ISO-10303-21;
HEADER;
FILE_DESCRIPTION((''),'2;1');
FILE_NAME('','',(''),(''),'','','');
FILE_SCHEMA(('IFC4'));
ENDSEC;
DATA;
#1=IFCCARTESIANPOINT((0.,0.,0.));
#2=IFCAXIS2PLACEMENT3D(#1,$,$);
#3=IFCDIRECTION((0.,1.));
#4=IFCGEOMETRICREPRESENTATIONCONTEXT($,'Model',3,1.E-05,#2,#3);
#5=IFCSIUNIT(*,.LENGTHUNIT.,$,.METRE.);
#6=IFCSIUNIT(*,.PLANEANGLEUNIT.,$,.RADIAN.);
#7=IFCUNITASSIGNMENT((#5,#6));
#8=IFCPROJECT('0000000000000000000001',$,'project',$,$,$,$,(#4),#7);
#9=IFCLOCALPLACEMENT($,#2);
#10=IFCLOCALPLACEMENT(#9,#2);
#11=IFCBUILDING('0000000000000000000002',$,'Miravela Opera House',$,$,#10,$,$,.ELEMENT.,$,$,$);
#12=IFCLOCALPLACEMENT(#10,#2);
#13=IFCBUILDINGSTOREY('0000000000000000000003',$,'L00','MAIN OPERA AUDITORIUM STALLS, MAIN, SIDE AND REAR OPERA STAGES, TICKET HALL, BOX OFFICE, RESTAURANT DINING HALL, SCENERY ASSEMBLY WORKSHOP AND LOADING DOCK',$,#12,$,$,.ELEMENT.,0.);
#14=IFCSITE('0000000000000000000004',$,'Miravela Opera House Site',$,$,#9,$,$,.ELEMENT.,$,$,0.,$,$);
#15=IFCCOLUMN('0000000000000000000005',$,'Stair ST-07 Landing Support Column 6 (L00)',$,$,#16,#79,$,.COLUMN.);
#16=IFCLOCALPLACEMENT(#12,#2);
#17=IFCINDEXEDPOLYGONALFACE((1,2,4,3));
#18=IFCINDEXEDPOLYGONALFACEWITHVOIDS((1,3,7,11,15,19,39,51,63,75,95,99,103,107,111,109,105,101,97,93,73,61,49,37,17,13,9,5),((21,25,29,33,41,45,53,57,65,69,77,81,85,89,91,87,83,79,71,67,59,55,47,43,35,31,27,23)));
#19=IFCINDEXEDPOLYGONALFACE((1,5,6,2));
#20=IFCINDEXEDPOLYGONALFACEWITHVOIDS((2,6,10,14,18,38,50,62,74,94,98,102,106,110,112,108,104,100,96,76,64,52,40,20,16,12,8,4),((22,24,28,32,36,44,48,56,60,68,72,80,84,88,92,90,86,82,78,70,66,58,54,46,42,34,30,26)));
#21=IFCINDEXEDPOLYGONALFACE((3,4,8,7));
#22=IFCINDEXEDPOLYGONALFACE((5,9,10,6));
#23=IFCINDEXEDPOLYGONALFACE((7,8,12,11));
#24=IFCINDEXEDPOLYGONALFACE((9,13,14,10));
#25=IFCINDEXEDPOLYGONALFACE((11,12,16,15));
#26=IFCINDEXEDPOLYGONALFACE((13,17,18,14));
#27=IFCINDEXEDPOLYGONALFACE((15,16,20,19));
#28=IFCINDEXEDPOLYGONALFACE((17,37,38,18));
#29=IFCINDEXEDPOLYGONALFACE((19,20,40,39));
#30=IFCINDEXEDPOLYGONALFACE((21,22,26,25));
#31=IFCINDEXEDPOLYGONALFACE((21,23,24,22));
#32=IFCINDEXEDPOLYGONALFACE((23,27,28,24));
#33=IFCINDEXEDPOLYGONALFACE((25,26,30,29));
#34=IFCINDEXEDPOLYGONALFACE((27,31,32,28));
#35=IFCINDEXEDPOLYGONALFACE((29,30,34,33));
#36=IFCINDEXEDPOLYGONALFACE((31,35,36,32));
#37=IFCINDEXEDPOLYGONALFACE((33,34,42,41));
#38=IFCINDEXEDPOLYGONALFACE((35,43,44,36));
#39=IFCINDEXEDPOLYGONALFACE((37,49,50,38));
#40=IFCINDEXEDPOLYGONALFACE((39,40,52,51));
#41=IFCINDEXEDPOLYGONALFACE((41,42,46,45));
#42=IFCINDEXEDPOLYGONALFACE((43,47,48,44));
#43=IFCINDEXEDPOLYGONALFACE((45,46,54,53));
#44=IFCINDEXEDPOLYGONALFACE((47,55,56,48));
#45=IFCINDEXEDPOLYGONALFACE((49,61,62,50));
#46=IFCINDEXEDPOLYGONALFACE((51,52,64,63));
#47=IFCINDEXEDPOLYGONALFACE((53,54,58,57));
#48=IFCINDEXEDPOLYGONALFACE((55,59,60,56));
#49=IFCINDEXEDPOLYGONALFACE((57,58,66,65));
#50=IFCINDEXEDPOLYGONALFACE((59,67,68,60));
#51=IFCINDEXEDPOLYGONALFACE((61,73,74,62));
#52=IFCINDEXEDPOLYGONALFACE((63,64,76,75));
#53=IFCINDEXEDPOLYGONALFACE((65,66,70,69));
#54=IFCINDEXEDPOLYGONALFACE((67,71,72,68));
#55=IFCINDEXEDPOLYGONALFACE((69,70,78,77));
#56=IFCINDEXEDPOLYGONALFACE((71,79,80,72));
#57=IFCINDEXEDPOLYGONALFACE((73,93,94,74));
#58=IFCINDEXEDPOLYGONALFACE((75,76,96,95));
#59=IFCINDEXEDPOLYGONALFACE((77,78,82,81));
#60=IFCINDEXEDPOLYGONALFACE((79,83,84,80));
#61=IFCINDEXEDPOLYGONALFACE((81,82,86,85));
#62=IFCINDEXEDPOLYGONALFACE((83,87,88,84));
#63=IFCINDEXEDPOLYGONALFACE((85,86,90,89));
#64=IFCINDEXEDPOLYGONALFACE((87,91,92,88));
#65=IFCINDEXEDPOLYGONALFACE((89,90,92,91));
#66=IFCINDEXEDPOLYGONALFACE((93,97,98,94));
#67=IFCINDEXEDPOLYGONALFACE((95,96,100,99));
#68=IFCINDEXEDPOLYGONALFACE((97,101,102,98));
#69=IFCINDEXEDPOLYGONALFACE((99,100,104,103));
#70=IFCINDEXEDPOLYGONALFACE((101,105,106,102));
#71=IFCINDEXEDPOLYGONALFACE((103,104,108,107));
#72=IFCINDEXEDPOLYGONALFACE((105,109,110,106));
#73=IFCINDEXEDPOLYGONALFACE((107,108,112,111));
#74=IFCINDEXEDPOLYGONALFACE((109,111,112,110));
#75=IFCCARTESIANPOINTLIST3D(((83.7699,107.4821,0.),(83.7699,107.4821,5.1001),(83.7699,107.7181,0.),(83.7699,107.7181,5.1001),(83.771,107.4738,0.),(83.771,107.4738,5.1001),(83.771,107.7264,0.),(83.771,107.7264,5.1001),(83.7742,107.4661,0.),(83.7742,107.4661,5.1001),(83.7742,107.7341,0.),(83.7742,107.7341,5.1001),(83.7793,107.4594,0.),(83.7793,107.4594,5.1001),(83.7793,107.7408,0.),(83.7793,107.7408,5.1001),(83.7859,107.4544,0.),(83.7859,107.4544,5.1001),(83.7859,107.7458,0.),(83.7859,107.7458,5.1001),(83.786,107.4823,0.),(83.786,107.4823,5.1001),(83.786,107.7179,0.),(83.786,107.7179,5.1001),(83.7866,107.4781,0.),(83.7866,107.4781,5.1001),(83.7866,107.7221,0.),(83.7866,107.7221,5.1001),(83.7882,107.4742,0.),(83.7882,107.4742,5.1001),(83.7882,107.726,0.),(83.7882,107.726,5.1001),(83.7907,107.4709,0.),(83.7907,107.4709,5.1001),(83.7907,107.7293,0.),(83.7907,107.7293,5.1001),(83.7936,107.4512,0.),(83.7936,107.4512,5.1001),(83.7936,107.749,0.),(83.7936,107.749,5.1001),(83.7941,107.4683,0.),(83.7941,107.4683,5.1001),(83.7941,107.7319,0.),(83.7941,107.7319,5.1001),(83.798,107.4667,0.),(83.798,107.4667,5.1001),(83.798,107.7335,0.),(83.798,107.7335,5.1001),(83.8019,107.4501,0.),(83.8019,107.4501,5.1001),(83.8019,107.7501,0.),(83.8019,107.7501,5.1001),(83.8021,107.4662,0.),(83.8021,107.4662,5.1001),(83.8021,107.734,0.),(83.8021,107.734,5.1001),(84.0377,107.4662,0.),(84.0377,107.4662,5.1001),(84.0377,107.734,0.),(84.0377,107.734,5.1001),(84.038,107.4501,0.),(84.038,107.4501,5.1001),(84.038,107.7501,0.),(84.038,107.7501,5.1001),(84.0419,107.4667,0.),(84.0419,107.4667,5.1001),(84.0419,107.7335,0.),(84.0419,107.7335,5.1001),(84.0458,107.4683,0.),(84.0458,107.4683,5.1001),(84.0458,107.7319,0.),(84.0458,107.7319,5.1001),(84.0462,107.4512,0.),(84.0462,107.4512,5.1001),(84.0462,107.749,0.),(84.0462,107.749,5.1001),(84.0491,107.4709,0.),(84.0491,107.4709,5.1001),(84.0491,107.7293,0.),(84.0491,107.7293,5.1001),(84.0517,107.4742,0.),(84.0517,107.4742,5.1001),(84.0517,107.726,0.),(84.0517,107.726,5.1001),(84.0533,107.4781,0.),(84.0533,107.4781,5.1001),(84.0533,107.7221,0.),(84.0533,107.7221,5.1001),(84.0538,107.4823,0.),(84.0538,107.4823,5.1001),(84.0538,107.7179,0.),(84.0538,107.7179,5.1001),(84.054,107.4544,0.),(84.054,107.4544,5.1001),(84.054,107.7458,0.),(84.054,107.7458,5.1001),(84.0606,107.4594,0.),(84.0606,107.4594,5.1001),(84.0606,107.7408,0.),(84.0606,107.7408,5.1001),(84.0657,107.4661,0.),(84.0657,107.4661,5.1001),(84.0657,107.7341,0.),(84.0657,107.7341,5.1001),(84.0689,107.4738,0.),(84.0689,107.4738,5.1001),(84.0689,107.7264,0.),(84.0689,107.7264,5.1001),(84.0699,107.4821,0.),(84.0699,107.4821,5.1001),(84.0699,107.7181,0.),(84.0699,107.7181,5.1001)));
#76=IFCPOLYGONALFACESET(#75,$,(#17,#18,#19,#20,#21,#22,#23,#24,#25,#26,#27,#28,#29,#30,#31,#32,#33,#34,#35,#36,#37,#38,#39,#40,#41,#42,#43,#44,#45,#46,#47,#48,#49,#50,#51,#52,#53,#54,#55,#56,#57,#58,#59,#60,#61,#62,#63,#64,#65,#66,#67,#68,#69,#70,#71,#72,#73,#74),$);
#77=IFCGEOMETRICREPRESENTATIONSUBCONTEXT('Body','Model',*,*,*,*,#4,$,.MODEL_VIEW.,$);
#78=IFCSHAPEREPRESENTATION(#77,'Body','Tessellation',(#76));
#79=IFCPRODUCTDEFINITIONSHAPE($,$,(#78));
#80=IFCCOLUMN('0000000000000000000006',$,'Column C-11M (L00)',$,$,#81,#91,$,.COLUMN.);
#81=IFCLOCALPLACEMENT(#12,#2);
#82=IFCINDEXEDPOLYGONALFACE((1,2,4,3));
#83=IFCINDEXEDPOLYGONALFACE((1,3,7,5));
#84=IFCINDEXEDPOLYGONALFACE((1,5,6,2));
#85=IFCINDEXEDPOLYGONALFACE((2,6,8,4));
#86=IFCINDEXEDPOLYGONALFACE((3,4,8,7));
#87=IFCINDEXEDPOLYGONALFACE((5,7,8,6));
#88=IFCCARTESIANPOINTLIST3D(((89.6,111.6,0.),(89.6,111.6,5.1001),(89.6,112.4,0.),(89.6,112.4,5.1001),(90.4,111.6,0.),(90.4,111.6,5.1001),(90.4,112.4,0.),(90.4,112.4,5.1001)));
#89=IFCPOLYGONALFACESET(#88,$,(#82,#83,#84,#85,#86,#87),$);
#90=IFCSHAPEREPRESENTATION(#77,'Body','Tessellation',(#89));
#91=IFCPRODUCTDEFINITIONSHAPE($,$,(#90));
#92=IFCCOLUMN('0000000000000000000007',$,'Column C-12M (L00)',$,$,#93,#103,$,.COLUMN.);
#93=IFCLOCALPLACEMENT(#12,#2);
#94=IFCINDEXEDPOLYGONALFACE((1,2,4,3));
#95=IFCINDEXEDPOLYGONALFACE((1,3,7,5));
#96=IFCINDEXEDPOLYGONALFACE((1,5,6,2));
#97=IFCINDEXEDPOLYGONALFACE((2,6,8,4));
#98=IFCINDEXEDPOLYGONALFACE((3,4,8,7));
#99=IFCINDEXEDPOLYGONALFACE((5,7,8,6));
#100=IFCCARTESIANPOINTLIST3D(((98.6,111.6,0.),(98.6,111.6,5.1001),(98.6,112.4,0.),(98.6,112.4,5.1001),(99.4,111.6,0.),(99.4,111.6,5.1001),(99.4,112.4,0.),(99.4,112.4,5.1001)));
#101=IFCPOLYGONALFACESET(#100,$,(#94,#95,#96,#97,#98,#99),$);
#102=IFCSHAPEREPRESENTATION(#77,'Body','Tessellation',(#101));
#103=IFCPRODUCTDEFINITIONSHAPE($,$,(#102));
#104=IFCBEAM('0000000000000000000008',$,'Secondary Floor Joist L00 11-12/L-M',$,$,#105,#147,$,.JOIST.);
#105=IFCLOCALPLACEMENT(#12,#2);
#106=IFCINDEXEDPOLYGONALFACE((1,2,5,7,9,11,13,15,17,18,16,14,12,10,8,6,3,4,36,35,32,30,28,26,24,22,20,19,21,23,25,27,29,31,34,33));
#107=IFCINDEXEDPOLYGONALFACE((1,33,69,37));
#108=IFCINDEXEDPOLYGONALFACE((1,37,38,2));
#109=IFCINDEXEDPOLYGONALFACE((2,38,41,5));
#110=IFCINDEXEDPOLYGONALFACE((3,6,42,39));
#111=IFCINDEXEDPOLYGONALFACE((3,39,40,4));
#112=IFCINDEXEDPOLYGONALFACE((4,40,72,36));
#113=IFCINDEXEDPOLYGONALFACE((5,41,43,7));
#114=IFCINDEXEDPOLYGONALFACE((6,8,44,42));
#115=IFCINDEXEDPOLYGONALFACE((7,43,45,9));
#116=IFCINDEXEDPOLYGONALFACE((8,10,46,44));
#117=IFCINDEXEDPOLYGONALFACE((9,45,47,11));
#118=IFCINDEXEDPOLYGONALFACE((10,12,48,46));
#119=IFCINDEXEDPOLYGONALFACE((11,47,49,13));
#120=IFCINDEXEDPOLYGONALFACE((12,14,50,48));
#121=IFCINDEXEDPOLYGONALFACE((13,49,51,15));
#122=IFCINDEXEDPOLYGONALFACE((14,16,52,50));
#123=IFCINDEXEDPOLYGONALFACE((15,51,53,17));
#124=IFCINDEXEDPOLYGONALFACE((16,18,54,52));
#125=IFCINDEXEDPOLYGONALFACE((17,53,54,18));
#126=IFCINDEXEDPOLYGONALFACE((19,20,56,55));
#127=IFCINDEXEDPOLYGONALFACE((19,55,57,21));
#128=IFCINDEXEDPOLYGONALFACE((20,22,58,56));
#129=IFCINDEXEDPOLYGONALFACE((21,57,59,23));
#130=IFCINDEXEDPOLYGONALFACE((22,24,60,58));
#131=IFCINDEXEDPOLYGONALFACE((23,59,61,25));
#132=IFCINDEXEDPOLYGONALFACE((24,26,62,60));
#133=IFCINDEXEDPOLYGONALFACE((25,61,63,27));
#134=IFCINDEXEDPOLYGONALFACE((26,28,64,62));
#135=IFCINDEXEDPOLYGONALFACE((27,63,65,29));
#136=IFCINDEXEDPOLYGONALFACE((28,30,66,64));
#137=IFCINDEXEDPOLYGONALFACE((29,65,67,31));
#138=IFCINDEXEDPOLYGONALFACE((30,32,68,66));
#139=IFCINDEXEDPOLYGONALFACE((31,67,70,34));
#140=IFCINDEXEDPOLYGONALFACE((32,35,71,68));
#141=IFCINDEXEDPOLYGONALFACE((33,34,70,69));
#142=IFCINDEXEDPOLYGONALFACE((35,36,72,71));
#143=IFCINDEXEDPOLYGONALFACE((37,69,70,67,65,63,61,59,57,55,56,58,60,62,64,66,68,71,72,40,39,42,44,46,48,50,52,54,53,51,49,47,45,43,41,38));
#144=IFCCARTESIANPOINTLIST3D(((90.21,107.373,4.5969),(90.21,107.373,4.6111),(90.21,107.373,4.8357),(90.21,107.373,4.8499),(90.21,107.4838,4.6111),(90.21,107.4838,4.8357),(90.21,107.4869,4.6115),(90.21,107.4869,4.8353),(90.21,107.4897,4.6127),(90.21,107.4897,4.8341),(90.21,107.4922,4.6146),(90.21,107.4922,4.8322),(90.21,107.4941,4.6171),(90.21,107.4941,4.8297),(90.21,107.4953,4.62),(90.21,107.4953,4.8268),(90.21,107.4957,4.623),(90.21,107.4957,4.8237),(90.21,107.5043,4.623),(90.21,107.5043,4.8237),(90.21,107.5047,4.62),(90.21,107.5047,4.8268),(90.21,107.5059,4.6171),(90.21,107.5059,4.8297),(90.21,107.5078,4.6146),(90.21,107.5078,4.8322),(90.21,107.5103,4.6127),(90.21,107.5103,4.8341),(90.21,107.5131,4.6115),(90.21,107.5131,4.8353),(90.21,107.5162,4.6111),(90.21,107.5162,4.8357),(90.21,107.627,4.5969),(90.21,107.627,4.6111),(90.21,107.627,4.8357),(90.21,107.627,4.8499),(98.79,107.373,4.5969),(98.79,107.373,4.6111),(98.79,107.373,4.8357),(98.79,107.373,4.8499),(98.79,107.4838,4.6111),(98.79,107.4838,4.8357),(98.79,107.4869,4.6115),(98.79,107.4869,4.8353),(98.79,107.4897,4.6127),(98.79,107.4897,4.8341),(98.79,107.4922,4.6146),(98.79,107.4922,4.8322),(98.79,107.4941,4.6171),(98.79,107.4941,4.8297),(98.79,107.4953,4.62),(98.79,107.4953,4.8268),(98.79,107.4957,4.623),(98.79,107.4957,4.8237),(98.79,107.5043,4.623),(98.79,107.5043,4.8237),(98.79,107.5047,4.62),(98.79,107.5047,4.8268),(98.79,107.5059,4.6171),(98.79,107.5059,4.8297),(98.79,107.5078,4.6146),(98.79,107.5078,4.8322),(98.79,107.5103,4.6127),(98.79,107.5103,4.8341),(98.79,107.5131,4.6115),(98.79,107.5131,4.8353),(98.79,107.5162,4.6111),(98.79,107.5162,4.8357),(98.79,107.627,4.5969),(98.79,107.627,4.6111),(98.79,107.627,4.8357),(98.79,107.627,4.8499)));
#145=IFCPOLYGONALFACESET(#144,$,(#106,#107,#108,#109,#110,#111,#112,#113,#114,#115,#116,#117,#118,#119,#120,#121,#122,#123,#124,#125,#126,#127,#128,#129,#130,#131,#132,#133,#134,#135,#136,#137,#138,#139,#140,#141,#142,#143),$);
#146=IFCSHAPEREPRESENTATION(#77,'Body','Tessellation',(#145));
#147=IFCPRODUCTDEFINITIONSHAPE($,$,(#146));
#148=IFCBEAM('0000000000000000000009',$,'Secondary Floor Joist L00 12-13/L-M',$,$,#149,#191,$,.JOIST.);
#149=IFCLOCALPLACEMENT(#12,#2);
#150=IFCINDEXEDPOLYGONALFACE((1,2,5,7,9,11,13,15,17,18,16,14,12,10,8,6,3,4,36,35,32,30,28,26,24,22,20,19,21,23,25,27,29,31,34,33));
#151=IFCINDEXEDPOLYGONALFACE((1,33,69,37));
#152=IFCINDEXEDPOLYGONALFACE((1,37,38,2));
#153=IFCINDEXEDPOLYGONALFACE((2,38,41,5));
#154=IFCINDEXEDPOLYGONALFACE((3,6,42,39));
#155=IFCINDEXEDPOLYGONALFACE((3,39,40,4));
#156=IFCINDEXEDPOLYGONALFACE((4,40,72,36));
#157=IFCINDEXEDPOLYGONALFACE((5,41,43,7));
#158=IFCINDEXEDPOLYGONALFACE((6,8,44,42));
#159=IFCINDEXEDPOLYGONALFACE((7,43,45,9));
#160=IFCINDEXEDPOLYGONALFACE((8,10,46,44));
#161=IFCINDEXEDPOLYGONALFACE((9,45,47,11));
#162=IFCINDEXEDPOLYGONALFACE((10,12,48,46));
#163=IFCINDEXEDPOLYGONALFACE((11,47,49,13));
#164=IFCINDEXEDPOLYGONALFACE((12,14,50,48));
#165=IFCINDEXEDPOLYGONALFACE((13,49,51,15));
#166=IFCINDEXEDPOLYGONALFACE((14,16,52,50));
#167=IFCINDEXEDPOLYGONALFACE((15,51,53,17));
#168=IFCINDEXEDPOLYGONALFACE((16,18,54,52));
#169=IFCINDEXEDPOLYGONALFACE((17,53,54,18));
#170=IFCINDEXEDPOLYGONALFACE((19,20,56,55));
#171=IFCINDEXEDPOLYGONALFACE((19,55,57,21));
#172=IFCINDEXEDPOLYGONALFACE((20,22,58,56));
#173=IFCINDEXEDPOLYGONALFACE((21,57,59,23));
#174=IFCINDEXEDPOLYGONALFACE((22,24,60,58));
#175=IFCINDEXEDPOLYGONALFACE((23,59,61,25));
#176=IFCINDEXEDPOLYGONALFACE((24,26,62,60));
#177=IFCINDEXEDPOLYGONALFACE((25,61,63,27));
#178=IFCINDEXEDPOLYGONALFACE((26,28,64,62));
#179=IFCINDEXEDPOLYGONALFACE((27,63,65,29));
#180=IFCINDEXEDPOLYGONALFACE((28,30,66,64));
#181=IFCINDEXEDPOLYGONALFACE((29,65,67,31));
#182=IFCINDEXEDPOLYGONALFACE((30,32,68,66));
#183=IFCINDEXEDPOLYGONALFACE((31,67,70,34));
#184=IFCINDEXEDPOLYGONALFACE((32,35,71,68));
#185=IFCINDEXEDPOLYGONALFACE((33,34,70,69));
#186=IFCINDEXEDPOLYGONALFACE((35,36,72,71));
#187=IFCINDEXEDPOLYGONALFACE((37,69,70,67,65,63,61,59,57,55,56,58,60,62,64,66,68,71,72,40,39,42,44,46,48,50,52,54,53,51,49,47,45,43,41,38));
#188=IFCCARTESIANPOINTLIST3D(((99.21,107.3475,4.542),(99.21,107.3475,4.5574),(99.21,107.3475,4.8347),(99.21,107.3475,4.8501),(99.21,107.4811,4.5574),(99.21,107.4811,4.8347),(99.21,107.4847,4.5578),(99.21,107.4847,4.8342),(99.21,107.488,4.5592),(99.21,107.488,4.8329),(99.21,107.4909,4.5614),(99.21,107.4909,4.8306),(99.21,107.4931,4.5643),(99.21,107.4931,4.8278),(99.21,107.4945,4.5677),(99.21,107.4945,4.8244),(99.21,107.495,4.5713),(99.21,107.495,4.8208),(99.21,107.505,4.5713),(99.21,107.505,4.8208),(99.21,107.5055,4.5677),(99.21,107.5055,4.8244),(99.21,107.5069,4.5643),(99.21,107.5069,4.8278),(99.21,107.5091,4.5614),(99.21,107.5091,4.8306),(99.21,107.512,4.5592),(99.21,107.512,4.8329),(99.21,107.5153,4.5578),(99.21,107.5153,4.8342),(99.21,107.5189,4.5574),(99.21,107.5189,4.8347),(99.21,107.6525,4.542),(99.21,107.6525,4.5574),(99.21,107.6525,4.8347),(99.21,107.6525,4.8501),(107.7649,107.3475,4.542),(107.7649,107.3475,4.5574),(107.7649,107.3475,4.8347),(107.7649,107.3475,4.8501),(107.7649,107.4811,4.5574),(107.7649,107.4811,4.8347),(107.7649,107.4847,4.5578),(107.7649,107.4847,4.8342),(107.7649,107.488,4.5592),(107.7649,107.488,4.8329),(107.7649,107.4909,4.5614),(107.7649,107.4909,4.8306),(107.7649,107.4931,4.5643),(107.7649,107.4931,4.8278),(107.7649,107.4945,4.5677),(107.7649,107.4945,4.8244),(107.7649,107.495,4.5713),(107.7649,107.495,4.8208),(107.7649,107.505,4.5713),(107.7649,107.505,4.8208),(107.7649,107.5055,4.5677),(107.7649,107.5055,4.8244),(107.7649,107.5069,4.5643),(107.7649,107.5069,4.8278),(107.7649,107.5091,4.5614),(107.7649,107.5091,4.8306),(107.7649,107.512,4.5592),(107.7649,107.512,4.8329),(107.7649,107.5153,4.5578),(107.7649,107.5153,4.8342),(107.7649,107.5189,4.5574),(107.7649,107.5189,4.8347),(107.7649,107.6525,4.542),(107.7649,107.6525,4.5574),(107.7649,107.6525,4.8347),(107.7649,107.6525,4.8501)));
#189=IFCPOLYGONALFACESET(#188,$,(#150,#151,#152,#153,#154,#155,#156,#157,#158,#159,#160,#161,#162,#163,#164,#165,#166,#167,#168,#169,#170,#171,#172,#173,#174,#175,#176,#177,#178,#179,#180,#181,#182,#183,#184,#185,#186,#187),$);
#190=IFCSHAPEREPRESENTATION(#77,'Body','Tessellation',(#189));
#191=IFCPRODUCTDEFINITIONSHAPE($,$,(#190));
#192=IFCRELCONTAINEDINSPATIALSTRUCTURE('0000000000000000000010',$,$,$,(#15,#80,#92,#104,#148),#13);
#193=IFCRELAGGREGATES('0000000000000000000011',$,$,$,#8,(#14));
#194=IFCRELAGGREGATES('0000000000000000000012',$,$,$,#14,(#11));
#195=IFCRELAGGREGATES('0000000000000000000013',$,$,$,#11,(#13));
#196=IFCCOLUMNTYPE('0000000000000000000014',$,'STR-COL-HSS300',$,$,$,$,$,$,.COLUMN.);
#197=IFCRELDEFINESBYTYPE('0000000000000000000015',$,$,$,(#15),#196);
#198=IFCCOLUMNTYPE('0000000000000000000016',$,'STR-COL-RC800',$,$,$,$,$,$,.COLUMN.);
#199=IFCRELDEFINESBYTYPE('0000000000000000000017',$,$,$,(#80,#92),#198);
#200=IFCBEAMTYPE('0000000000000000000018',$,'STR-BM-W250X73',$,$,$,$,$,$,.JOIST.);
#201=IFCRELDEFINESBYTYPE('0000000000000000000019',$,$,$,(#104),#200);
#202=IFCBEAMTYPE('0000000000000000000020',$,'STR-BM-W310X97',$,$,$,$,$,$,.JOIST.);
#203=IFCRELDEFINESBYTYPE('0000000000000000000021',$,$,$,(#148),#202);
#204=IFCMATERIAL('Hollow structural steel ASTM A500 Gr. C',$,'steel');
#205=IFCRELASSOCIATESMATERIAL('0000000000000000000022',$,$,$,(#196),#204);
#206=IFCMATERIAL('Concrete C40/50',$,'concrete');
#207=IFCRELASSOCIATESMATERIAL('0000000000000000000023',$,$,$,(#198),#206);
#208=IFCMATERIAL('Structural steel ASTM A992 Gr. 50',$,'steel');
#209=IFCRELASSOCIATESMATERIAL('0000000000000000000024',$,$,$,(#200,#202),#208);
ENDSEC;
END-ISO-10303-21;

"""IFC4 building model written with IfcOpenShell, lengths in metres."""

from ifc_helpers import new_model, si_unit, direction, frame, origin, origin_2d, place, context, subcontext, project, spatial, rectangle, hollow_rectangle, i_section, extrude, material, material_profile, profile_set, type_object, element, save


model = new_model("IFC4")

# Units and contexts
model_context = context("Model", 3, precision=1e-05, world=origin(), true_north=direction((0.0, 1.0)))
body_context = subcontext(model_context, "Body", "Model", "MODEL_VIEW")
ifc_project = project(units=[si_unit("LENGTHUNIT", "METRE"), si_unit("PLANEANGLEUNIT", "RADIAN")], contexts=[model_context])

# Site, building, storey
site_placement = place(None, origin())
site = spatial("IfcSite", under=ifc_project, at=site_placement, Name="Miravela Opera House Site", CompositionType="ELEMENT", RefElevation=0.0)
building_placement = place(site_placement, origin())
building = spatial("IfcBuilding", under=site, at=building_placement, Name="Miravela Opera House", CompositionType="ELEMENT")
storey_placement = place(building_placement, origin())
storey = spatial("IfcBuildingStorey", under=building, at=storey_placement, Name="L00", Description="MAIN OPERA AUDITORIUM STALLS, MAIN, SIDE AND REAR OPERA STAGES, TICKET HALL, BOX OFFICE, RESTAURANT DINING HALL, SCENERY ASSEMBLY WORKSHOP AND LOADING DOCK", CompositionType="ELEMENT", Elevation=0.0)

# Columns
ifc_material_1 = material(Name="Hollow structural steel ASTM A500 Gr. C", Category="steel")
ifc_material_profile_1 = material_profile(ifc_material_1, hollow_rectangle(XDim=0.3, YDim=0.3, WallThickness=0.0161, InnerFilletRadius=0.0161, OuterFilletRadius=0.032, at=origin_2d()), Name="HSS300X300X16")
ifc_profile_set_1 = profile_set([ifc_material_profile_1])
column_type_1 = type_object("IfcColumnType", Name="STR-COL-HSS300", PredefinedType="COLUMN", material=ifc_profile_set_1)
for number, where, z_axis, x_axis, name in (
    (1, (83.9199, 107.6001, 0.0), (0.0, 0.0, 1.0), (1.0, 0.0, 0.0), "Stair ST-07 Landing Support Column 6 (L00)"),
):
    element("IfcColumn", number, at=place(storey_placement, frame(where, z_axis=z_axis, x_axis=x_axis)), inside=storey, type_object=column_type_1, Name=name, PredefinedType="COLUMN", context=body_context, shape_type="SweptSolid", body=[
        extrude(hollow_rectangle(XDim=0.3, YDim=0.3, WallThickness=0.0161, InnerFilletRadius=0.0161, OuterFilletRadius=0.032, at=origin_2d()), origin(), (0.0, 0.0, 1.0), 5.1001),
    ])
ifc_material_2 = material(Name="Concrete C40/50", Category="concrete")
ifc_material_profile_2 = material_profile(ifc_material_2, rectangle(XDim=0.8, YDim=0.8, at=origin_2d()), Name="RC-COL-800X800")
ifc_profile_set_2 = profile_set([ifc_material_profile_2])
column_type_2 = type_object("IfcColumnType", Name="STR-COL-RC800", PredefinedType="COLUMN", material=ifc_profile_set_2)
for number, where, z_axis, x_axis, name in (
    (2, (90.0, 112.0, 0.0), (0.0, 0.0, 1.0), (1.0, 0.0, 0.0), "Column C-11M (L00)"),
    (3, (99.0, 112.0, 0.0), (0.0, 0.0, 1.0), (1.0, 0.0, 0.0), "Column C-12M (L00)"),
):
    element("IfcColumn", number, at=place(storey_placement, frame(where, z_axis=z_axis, x_axis=x_axis)), inside=storey, type_object=column_type_2, Name=name, PredefinedType="COLUMN", context=body_context, shape_type="SweptSolid", body=[
        extrude(rectangle(XDim=0.8, YDim=0.8, at=origin_2d()), origin(), (0.0, 0.0, 1.0), 5.1001),
    ])

# Beams
ifc_material_3 = material(Name="Structural steel ASTM A992 Gr. 50", Category="steel")
ifc_material_profile_3 = material_profile(ifc_material_3, i_section(OverallWidth=0.2539, OverallDepth=0.2529, WebThickness=0.0085, FlangeThickness=0.0142, FilletRadius=0.012, at=origin_2d()), Name="W250X73")
ifc_profile_set_3 = profile_set([ifc_material_profile_3])
beam_type_1 = type_object("IfcBeamType", Name="STR-BM-W250X73", PredefinedType="JOIST", material=ifc_profile_set_3)
beam_1_placement = place(storey_placement, frame((90.21, 107.5, 4.7234), z_axis=(1.0, 0.0, 0.0), x_axis=(0.0, 1.0, 0.0)))
element("IfcBeam", 4, at=beam_1_placement, inside=storey, type_object=beam_type_1, Name="Secondary Floor Joist L00 11-12/L-M", PredefinedType="JOIST", context=body_context, shape_type="SweptSolid", body=[
    extrude(i_section(OverallWidth=0.2539, OverallDepth=0.2529, WebThickness=0.0085, FlangeThickness=0.0142, FilletRadius=0.012, at=origin_2d()), origin(), (0.0, 0.0, 1.0), 8.5801),
])
ifc_material_profile_4 = material_profile(ifc_material_3, i_section(OverallWidth=0.3049, OverallDepth=0.3081, WebThickness=0.01, FlangeThickness=0.0154, FilletRadius=0.0139, at=origin_2d()), Name="W310X97")
ifc_profile_set_4 = profile_set([ifc_material_profile_4])
beam_type_2 = type_object("IfcBeamType", Name="STR-BM-W310X97", PredefinedType="JOIST", material=ifc_profile_set_4)
beam_2_placement = place(storey_placement, frame((99.21, 107.5, 4.696), z_axis=(1.0, 0.0, 0.0), x_axis=(0.0, 1.0, 0.0)))
element("IfcBeam", 5, at=beam_2_placement, inside=storey, type_object=beam_type_2, Name="Secondary Floor Joist L00 12-13/L-M", PredefinedType="JOIST", context=body_context, shape_type="SweptSolid", body=[
    extrude(i_section(OverallWidth=0.3049, OverallDepth=0.3081, WebThickness=0.01, FlangeThickness=0.0154, FilletRadius=0.0139, at=origin_2d()), origin(), (0.0, 0.0, 1.0), 8.5549),
])

save(model, "model.ifc")
